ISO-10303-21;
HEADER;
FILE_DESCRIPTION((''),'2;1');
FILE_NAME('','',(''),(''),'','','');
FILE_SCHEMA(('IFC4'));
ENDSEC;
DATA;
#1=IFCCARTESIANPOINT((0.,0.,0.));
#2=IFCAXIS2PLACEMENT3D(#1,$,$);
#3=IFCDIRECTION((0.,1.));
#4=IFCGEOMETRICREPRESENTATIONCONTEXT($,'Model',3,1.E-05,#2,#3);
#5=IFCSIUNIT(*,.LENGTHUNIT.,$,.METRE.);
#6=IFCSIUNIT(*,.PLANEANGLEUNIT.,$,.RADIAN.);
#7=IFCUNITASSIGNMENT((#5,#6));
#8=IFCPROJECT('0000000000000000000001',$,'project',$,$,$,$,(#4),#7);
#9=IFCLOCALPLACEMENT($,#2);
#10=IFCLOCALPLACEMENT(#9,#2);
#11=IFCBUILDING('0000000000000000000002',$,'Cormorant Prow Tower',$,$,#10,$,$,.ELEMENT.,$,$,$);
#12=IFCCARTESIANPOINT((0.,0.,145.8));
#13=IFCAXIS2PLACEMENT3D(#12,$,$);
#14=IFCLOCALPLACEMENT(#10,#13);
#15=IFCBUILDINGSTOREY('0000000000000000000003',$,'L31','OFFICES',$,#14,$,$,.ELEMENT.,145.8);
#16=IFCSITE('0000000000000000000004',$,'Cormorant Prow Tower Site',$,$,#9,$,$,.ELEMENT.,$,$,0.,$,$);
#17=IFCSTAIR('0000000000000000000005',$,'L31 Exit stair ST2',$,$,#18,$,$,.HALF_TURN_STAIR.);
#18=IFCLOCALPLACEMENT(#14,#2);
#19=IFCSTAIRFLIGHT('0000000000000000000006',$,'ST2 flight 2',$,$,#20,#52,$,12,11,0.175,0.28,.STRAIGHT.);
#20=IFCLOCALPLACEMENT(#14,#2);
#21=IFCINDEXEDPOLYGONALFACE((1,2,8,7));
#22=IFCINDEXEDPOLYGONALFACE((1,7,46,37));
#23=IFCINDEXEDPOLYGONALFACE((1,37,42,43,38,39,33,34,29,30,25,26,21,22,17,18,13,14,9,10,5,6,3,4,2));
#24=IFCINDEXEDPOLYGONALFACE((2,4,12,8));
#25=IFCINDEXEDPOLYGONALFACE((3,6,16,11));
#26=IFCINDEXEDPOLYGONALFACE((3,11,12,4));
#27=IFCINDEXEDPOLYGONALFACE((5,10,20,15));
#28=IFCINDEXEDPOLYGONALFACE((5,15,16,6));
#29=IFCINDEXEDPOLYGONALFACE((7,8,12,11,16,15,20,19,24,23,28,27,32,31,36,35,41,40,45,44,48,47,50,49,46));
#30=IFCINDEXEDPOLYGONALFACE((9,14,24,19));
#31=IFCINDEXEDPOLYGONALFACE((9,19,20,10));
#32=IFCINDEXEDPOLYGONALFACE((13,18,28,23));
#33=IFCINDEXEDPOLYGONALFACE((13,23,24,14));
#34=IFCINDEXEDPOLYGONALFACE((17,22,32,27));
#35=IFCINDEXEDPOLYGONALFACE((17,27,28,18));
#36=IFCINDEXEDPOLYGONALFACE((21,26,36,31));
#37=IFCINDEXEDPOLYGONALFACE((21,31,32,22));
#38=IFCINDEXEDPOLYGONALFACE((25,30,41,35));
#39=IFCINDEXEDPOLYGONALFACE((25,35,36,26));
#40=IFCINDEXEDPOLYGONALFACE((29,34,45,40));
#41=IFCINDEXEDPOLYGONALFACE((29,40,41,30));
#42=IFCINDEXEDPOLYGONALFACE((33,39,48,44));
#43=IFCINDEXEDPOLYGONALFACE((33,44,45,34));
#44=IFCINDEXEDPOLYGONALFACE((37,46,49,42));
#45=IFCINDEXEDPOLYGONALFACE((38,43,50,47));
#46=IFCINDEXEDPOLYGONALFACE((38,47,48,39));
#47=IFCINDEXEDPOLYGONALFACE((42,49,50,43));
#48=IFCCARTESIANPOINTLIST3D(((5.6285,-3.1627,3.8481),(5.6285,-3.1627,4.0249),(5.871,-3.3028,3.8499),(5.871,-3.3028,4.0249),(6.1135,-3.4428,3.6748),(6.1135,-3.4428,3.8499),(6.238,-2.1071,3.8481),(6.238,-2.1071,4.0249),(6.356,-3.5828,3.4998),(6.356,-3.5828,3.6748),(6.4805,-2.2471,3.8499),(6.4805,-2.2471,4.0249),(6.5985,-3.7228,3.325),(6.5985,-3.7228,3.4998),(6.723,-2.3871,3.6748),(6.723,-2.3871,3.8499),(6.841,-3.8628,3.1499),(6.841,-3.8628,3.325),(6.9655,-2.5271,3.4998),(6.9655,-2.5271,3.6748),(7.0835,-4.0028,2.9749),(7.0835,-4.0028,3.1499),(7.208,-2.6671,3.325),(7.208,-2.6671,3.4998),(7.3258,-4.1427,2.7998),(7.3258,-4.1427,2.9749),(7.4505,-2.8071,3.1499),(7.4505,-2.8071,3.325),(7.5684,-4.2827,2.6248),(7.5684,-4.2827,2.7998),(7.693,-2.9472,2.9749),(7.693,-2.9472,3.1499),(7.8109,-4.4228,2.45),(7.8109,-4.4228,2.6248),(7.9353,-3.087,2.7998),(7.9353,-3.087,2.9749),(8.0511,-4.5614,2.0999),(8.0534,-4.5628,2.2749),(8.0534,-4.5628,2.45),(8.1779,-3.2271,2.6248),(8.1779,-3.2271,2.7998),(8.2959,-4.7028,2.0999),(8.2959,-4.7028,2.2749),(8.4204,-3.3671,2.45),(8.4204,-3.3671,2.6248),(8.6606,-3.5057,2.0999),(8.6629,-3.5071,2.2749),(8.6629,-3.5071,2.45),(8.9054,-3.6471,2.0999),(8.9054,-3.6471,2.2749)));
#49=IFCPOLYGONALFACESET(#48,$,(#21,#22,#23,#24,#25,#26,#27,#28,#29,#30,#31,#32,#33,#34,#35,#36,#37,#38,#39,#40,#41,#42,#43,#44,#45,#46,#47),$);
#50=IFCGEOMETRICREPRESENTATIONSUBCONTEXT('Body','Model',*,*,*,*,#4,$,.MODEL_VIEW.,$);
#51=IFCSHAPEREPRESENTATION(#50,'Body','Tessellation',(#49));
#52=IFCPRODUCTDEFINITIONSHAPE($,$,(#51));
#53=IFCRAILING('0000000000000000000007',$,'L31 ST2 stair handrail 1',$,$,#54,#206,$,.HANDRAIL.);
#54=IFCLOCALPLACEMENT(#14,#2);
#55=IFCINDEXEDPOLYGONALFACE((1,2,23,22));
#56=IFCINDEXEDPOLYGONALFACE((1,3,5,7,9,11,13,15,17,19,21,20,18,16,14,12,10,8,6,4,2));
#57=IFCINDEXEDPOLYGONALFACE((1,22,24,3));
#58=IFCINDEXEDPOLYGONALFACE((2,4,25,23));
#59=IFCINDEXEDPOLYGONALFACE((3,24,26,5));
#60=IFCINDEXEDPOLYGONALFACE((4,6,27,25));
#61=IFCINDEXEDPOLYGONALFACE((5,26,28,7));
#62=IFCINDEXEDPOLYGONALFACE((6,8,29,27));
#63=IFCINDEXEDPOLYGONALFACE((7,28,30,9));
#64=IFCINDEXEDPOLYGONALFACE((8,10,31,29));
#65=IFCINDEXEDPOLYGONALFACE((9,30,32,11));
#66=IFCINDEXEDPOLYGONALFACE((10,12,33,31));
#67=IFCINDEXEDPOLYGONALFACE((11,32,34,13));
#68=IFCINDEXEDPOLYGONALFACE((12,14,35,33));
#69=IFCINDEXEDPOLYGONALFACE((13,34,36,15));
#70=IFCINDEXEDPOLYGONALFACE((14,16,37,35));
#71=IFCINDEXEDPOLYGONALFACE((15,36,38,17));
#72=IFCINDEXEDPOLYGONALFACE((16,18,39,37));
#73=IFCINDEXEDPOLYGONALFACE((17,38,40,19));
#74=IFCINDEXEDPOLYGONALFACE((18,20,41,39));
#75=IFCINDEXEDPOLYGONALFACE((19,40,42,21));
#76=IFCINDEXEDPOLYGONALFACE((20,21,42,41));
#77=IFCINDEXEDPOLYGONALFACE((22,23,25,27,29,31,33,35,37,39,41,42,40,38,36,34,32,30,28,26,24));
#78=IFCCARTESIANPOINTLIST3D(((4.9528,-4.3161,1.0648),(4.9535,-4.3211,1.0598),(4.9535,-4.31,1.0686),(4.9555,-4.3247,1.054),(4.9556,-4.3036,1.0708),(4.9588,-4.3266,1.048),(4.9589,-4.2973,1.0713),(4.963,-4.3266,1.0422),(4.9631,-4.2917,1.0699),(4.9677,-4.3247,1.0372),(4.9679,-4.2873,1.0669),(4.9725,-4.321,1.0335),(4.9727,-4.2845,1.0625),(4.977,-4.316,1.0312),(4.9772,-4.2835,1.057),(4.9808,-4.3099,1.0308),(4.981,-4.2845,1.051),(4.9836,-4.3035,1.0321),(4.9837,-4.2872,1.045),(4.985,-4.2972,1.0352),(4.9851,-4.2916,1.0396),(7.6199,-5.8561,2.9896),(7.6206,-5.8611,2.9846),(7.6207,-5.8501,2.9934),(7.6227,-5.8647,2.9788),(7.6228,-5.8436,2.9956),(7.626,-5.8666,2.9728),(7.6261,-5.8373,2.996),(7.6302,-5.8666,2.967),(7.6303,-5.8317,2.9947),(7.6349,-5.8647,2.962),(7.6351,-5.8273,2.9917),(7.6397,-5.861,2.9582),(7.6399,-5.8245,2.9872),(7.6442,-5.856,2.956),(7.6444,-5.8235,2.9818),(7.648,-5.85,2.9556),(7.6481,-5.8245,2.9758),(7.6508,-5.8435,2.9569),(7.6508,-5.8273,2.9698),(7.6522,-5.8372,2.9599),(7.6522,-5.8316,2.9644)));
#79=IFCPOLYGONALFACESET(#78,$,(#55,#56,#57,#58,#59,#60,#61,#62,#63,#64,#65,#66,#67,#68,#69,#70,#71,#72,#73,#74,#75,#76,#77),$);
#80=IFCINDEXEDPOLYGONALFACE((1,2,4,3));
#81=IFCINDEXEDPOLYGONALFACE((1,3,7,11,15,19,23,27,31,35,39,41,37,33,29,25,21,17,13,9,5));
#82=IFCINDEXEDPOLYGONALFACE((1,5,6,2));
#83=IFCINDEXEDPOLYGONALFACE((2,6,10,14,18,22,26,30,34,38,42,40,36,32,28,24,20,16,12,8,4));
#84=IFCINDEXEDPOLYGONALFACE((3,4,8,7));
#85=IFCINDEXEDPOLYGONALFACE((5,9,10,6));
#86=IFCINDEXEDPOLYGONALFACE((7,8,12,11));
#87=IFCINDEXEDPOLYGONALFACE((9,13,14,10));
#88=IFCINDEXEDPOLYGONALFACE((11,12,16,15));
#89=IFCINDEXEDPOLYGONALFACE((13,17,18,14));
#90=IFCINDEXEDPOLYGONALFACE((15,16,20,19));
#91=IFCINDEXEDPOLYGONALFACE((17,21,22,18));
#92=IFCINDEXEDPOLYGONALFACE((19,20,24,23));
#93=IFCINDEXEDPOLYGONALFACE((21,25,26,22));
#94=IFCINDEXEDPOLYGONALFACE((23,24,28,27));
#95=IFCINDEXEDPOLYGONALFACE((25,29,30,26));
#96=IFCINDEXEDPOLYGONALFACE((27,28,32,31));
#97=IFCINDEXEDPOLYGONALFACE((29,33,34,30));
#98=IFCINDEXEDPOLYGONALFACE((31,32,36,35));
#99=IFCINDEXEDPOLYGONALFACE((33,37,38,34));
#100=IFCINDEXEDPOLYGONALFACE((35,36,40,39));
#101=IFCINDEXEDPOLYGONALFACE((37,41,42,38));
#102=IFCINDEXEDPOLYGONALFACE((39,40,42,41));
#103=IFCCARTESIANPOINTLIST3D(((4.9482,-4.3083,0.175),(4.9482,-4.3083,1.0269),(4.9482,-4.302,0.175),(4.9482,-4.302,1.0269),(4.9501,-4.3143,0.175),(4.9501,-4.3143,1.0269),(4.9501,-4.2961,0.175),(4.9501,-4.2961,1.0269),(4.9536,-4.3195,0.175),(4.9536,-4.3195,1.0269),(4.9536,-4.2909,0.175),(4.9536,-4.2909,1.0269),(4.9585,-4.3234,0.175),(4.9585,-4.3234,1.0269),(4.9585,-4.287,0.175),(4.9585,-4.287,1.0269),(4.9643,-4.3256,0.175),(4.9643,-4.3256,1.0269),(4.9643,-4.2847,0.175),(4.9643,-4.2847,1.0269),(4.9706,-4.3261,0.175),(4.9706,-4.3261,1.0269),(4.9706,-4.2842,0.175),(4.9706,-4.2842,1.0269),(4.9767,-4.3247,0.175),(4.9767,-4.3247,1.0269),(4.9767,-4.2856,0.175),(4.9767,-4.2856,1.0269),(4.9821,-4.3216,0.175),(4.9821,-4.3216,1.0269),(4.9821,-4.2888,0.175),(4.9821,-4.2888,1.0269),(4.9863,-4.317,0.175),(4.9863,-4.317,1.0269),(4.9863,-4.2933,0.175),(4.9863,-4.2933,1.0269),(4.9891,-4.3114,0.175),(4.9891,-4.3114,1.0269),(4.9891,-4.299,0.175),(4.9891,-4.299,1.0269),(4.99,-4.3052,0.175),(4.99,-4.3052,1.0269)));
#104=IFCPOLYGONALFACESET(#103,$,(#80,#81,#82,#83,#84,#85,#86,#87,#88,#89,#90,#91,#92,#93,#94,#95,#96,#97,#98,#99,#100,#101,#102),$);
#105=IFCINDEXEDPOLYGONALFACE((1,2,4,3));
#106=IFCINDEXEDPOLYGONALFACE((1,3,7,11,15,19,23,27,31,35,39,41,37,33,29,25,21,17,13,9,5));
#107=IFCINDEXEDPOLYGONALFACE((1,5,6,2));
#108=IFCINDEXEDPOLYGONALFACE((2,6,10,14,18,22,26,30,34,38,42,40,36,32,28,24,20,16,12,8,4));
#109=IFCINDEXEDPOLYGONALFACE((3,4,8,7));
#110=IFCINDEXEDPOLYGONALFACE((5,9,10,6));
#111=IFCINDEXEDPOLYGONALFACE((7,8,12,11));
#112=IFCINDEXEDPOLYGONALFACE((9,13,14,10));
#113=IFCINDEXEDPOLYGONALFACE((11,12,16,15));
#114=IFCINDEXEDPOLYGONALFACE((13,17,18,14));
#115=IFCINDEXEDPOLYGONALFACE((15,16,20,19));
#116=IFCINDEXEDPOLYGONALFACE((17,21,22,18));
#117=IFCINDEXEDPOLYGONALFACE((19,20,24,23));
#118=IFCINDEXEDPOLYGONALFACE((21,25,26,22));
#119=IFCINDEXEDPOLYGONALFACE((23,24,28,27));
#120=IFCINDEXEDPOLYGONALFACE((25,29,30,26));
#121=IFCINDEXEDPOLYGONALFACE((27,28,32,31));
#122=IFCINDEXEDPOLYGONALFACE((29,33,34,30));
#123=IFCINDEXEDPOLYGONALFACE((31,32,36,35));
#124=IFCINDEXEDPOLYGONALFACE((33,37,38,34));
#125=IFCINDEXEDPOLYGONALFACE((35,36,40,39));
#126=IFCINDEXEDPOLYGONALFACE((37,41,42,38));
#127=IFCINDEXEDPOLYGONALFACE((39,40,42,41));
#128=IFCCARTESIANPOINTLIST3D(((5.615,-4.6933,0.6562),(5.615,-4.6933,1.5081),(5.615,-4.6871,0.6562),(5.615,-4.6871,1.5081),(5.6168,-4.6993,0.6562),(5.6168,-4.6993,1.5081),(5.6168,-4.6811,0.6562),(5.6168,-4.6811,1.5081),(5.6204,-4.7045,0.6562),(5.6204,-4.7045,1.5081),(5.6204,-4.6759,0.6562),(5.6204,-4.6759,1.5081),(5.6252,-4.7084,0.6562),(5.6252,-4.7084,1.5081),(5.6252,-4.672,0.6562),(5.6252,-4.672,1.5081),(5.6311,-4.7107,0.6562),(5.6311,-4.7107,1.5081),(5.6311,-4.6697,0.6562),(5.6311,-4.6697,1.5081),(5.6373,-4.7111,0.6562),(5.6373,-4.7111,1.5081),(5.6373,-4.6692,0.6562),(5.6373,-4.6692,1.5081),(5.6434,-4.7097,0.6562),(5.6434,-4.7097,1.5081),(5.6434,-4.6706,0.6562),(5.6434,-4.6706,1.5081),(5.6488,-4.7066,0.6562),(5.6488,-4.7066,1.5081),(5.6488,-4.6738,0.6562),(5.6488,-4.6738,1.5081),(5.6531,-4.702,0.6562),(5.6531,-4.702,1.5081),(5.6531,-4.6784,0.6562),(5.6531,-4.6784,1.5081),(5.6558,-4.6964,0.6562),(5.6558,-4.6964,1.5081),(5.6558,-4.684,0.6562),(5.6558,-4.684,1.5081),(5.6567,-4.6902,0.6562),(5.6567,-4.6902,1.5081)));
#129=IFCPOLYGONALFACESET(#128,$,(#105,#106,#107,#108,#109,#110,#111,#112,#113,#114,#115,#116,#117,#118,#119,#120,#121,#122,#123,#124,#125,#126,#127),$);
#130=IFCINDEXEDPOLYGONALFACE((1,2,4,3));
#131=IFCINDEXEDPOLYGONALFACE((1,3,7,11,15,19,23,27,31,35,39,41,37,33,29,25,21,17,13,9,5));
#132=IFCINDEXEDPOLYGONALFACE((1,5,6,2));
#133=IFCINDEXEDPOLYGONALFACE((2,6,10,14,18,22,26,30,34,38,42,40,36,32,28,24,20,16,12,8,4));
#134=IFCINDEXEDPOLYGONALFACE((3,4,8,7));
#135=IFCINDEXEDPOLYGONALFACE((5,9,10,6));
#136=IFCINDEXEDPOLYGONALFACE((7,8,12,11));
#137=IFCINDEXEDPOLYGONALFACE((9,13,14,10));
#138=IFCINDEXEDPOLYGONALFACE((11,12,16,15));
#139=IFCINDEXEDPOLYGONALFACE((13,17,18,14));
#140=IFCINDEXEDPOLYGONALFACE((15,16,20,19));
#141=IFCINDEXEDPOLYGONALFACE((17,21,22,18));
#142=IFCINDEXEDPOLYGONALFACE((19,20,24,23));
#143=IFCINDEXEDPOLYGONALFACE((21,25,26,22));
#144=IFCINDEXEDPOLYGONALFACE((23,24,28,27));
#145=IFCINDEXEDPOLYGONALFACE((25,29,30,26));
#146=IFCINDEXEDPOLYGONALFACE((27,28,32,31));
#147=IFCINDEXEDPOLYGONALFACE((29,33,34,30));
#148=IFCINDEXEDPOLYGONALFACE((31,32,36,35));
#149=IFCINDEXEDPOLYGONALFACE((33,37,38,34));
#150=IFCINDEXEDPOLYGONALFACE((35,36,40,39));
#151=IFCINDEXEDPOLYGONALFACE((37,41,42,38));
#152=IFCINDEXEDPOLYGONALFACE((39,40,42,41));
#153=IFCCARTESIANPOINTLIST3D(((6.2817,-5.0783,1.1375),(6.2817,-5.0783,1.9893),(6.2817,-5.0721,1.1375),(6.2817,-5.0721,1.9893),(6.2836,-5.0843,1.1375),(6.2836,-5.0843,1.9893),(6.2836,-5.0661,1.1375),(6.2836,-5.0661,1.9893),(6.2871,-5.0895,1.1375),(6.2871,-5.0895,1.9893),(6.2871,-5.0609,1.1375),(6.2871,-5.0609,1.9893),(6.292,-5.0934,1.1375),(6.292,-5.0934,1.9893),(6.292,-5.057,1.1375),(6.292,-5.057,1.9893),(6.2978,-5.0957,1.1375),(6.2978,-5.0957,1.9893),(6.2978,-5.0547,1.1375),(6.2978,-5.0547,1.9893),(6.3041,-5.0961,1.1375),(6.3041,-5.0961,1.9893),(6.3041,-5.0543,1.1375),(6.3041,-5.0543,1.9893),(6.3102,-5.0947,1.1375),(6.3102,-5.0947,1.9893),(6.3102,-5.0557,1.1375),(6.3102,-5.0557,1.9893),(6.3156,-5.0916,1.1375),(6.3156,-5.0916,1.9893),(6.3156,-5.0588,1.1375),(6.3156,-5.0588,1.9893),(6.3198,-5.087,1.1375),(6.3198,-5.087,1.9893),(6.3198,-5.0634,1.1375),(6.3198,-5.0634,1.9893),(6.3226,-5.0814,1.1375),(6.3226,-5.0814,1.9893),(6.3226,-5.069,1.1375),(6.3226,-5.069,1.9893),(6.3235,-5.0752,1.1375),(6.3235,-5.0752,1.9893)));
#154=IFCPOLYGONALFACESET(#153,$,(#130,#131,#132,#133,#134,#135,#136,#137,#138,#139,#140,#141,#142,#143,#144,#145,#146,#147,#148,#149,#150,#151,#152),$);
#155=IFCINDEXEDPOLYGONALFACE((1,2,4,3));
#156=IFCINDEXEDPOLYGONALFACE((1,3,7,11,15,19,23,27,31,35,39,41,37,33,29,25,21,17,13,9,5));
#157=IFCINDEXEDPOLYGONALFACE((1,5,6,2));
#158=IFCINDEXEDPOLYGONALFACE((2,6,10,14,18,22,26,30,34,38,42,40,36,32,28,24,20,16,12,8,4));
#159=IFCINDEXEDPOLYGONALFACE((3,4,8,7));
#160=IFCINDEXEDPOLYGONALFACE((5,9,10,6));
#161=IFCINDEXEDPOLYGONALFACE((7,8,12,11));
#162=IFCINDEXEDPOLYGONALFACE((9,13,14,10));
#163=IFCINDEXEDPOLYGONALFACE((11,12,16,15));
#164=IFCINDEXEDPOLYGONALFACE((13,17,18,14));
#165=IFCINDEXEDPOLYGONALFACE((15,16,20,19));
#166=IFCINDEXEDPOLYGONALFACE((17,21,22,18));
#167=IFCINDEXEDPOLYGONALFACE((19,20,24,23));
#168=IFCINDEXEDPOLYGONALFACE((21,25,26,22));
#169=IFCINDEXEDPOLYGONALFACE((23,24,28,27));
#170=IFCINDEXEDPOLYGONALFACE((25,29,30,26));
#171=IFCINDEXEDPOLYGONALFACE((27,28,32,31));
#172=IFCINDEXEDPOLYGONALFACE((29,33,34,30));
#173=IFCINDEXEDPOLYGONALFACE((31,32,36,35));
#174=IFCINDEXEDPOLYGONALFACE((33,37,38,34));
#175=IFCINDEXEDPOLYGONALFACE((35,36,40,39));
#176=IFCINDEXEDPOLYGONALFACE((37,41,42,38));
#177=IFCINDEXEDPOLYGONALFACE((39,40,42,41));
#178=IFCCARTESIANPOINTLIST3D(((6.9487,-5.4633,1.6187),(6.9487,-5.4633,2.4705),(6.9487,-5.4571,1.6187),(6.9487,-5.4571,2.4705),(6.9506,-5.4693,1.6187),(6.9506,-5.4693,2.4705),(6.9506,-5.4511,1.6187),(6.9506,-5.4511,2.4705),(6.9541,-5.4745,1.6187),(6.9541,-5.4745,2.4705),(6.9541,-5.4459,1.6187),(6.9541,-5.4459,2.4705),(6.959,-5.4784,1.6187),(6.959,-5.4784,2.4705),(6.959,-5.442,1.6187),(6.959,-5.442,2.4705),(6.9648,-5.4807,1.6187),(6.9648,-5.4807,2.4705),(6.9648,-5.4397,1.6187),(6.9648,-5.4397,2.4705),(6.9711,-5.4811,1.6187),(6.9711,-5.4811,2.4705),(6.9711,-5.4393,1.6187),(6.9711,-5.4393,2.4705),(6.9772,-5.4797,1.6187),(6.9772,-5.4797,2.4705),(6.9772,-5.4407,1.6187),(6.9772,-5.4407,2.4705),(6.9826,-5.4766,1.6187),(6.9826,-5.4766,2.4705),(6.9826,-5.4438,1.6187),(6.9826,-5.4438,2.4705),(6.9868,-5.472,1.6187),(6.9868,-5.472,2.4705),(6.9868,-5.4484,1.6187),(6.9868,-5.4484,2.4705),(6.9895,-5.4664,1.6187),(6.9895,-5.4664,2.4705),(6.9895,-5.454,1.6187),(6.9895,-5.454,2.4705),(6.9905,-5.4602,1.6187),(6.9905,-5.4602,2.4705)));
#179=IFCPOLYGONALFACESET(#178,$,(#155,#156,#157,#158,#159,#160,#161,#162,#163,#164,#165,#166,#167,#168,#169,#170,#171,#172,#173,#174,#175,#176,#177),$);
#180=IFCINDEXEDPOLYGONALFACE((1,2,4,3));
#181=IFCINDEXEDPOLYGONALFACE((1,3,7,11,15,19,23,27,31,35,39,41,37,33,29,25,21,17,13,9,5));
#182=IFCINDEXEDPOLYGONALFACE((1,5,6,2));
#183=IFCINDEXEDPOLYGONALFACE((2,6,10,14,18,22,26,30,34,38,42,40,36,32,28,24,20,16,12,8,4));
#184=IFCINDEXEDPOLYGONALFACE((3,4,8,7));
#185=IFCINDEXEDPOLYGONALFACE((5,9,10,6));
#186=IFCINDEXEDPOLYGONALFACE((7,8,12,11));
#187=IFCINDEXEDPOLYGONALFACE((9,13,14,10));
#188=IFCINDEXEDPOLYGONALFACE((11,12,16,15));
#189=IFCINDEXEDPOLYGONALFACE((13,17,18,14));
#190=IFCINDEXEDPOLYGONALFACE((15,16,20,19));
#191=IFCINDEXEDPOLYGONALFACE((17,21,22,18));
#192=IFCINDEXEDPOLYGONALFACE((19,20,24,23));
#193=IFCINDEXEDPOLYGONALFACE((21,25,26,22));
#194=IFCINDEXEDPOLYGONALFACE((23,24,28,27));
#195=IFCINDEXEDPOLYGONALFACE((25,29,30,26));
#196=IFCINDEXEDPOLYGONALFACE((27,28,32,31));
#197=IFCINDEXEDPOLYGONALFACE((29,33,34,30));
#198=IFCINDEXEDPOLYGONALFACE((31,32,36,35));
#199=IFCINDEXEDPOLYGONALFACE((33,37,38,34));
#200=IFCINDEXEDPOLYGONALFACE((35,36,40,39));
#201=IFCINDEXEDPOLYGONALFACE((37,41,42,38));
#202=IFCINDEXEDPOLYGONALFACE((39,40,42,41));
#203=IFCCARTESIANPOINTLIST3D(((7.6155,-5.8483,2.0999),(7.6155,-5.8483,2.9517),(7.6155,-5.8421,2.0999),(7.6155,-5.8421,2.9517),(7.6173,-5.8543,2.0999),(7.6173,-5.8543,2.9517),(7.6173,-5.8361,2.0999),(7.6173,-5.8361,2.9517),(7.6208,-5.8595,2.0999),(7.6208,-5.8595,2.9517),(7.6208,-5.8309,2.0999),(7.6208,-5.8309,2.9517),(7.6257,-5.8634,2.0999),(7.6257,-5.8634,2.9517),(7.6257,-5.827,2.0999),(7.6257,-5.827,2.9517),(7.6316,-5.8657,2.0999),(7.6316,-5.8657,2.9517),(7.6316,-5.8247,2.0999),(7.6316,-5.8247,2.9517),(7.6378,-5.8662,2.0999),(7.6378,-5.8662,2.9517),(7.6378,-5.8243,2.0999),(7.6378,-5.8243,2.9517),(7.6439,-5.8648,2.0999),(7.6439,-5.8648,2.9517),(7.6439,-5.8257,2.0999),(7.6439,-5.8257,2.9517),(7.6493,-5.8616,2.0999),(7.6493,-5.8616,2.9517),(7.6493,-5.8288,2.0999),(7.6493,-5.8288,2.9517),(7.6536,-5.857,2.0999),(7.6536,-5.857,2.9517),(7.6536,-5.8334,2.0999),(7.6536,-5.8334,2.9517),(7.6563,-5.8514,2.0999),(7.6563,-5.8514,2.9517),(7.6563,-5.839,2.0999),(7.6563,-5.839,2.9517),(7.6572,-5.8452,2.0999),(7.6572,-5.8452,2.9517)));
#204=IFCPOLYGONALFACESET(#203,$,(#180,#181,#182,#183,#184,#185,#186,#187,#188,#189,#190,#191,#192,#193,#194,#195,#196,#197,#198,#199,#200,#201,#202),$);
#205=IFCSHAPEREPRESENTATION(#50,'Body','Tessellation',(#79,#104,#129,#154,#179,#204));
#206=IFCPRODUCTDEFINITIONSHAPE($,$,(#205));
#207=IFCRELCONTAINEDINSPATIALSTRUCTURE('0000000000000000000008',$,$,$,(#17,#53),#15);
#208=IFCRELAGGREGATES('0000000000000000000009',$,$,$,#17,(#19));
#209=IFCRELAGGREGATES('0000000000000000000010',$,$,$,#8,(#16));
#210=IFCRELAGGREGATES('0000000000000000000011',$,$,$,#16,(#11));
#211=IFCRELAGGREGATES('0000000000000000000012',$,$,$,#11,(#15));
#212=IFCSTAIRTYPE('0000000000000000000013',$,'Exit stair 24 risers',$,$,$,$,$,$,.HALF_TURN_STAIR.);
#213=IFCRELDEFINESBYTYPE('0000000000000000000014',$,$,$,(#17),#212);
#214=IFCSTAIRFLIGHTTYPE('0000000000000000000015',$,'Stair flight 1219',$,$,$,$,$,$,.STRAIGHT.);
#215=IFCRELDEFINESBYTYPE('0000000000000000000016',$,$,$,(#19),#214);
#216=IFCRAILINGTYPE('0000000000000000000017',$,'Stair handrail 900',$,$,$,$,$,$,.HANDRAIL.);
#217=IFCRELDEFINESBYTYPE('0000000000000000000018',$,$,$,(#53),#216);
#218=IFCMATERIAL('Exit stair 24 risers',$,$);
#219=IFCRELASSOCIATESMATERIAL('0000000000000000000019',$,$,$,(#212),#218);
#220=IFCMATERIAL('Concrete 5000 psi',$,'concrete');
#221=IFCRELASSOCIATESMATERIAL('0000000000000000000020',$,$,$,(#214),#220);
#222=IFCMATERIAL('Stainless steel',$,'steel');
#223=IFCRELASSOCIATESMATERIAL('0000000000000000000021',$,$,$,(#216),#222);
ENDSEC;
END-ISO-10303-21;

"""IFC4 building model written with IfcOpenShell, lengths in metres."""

from ifc_helpers import new_model, si_unit, direction, frame, origin, origin_2d, place, context, subcontext, project, spatial, polyline, circle, outline, extrude, material, type_object, element, aggregate, save


model = new_model("IFC4")

# Units and contexts
model_context = context("Model", 3, precision=1e-05, world=origin(), true_north=direction((0.0, 1.0)))
body_context = subcontext(model_context, "Body", "Model", "MODEL_VIEW")
ifc_project = project(units=[si_unit("LENGTHUNIT", "METRE"), si_unit("PLANEANGLEUNIT", "RADIAN")], contexts=[model_context])

# Site, building, storey
site_placement = place(None, origin())
site = spatial("IfcSite", under=ifc_project, at=site_placement, Name="Cormorant Prow Tower Site", CompositionType="ELEMENT", RefElevation=0.0)
building_placement = place(site_placement, origin())
building = spatial("IfcBuilding", under=site, at=building_placement, Name="Cormorant Prow Tower", CompositionType="ELEMENT")
storey_placement = place(building_placement, frame((0.0, 0.0, 145.8)))
storey = spatial("IfcBuildingStorey", under=building, at=storey_placement, Name="L31", Description="OFFICES", CompositionType="ELEMENT", Elevation=145.8)

# Stair, stair flight
ifc_material_1 = material(Name="Exit stair 24 risers")
stair_type = type_object("IfcStairType", Name="Exit stair 24 risers", PredefinedType="HALF_TURN_STAIR", material=ifc_material_1)
stair_placement = place(storey_placement, origin())
stair = element("IfcStair", 1, at=stair_placement, inside=storey, type_object=stair_type, Name="L31 Exit stair ST2", PredefinedType="HALF_TURN_STAIR")
ifc_material_2 = material(Name="Concrete 5000 psi", Category="concrete")
stair_flight_type = type_object("IfcStairFlightType", Name="Stair flight 1219", PredefinedType="STRAIGHT", material=ifc_material_2)
stair_flight_1_placement = place(storey_placement, frame((8.6006, -4.175, 2.0999), z_axis=(0.0, 0.0, 1.0), x_axis=(-0.866025, 0.5, 0.0)))
stair_flight_1 = element("IfcStairFlight", 2, at=stair_flight_1_placement, type_object=stair_flight_type, Name="ST2 flight 2", NumberOfRisers=12, NumberOfTreads=11, PredefinedType="STRAIGHT", RiserHeight=0.175, TreadLength=0.28, context=body_context, shape_type="SweptSolid", body=[
    extrude(outline(polyline([(0.0, 0.0), (0.0, 0.175), (0.28, 0.175), (0.28, 0.3501), (0.5601, 0.3501), (0.5601, 0.5249), (0.8401, 0.5249), (0.8401, 0.7), (1.1201, 0.7), (1.1201, 0.875), (1.3999, 0.875), (1.3999, 1.05), (1.6799, 1.05), (1.6799, 1.2251), (1.96, 1.2251), (1.96, 1.3999), (2.24, 1.3999), (2.24, 1.575), (2.52, 1.575), (2.52, 1.75), (2.8, 1.75), (2.8, 1.925), (3.0801, 1.925), (3.0801, 2.1001), (3.0801, 1.7483), (0.2827, 0.0), (0.0, 0.0)])), frame((0.0, 0.6094, 0.0), z_axis=(0.0, -1.0, 0.0), x_axis=(1.0, 0.0, 0.0)), (0.0, 0.0, 1.0), 1.219),
])
aggregate(stair, [stair_flight_1])

# Railing
ifc_material_3 = material(Name="Stainless steel", Category="steel")
railing_type_1 = type_object("IfcRailingType", Name="Stair handrail 900", PredefinedType="HANDRAIL", material=ifc_material_3)
railing_1_placement = place(storey_placement, frame((4.969, -4.3052, 0.175)))
element("IfcRailing", 3, at=railing_1_placement, inside=storey, type_object=railing_type_1, Name="L31 ST2 stair handrail 1", PredefinedType="HANDRAIL", context=body_context, shape_type="SweptSolid", body=[
    extrude(circle(Radius=0.0239, at=origin_2d()), frame((0.0, 0.0, 0.876), z_axis=(0.73439, -0.424031, 0.529971), x_axis=(0.500027, 0.86601, 0.0)), (0.0, 0.0, 1.0), 3.6318),
    extrude(circle(Radius=0.021, at=origin_2d()), origin(), (0.0, 0.0, 1.0), 0.8518),
    extrude(circle(Radius=0.021, at=origin_2d()), frame((0.6667, -0.385, 0.4812)), (0.0, 0.0, 1.0), 0.8518),
    extrude(circle(Radius=0.021, at=origin_2d()), frame((1.3335, -0.77, 0.9624)), (0.0, 0.0, 1.0), 0.8518),
    extrude(circle(Radius=0.021, at=origin_2d()), frame((2.0005, -1.155, 1.4436)), (0.0, 0.0, 1.0), 0.8518),
    extrude(circle(Radius=0.021, at=origin_2d()), frame((2.6672, -1.54, 1.9248)), (0.0, 0.0, 1.0), 0.8518),
])

save(model, "model.ifc")
